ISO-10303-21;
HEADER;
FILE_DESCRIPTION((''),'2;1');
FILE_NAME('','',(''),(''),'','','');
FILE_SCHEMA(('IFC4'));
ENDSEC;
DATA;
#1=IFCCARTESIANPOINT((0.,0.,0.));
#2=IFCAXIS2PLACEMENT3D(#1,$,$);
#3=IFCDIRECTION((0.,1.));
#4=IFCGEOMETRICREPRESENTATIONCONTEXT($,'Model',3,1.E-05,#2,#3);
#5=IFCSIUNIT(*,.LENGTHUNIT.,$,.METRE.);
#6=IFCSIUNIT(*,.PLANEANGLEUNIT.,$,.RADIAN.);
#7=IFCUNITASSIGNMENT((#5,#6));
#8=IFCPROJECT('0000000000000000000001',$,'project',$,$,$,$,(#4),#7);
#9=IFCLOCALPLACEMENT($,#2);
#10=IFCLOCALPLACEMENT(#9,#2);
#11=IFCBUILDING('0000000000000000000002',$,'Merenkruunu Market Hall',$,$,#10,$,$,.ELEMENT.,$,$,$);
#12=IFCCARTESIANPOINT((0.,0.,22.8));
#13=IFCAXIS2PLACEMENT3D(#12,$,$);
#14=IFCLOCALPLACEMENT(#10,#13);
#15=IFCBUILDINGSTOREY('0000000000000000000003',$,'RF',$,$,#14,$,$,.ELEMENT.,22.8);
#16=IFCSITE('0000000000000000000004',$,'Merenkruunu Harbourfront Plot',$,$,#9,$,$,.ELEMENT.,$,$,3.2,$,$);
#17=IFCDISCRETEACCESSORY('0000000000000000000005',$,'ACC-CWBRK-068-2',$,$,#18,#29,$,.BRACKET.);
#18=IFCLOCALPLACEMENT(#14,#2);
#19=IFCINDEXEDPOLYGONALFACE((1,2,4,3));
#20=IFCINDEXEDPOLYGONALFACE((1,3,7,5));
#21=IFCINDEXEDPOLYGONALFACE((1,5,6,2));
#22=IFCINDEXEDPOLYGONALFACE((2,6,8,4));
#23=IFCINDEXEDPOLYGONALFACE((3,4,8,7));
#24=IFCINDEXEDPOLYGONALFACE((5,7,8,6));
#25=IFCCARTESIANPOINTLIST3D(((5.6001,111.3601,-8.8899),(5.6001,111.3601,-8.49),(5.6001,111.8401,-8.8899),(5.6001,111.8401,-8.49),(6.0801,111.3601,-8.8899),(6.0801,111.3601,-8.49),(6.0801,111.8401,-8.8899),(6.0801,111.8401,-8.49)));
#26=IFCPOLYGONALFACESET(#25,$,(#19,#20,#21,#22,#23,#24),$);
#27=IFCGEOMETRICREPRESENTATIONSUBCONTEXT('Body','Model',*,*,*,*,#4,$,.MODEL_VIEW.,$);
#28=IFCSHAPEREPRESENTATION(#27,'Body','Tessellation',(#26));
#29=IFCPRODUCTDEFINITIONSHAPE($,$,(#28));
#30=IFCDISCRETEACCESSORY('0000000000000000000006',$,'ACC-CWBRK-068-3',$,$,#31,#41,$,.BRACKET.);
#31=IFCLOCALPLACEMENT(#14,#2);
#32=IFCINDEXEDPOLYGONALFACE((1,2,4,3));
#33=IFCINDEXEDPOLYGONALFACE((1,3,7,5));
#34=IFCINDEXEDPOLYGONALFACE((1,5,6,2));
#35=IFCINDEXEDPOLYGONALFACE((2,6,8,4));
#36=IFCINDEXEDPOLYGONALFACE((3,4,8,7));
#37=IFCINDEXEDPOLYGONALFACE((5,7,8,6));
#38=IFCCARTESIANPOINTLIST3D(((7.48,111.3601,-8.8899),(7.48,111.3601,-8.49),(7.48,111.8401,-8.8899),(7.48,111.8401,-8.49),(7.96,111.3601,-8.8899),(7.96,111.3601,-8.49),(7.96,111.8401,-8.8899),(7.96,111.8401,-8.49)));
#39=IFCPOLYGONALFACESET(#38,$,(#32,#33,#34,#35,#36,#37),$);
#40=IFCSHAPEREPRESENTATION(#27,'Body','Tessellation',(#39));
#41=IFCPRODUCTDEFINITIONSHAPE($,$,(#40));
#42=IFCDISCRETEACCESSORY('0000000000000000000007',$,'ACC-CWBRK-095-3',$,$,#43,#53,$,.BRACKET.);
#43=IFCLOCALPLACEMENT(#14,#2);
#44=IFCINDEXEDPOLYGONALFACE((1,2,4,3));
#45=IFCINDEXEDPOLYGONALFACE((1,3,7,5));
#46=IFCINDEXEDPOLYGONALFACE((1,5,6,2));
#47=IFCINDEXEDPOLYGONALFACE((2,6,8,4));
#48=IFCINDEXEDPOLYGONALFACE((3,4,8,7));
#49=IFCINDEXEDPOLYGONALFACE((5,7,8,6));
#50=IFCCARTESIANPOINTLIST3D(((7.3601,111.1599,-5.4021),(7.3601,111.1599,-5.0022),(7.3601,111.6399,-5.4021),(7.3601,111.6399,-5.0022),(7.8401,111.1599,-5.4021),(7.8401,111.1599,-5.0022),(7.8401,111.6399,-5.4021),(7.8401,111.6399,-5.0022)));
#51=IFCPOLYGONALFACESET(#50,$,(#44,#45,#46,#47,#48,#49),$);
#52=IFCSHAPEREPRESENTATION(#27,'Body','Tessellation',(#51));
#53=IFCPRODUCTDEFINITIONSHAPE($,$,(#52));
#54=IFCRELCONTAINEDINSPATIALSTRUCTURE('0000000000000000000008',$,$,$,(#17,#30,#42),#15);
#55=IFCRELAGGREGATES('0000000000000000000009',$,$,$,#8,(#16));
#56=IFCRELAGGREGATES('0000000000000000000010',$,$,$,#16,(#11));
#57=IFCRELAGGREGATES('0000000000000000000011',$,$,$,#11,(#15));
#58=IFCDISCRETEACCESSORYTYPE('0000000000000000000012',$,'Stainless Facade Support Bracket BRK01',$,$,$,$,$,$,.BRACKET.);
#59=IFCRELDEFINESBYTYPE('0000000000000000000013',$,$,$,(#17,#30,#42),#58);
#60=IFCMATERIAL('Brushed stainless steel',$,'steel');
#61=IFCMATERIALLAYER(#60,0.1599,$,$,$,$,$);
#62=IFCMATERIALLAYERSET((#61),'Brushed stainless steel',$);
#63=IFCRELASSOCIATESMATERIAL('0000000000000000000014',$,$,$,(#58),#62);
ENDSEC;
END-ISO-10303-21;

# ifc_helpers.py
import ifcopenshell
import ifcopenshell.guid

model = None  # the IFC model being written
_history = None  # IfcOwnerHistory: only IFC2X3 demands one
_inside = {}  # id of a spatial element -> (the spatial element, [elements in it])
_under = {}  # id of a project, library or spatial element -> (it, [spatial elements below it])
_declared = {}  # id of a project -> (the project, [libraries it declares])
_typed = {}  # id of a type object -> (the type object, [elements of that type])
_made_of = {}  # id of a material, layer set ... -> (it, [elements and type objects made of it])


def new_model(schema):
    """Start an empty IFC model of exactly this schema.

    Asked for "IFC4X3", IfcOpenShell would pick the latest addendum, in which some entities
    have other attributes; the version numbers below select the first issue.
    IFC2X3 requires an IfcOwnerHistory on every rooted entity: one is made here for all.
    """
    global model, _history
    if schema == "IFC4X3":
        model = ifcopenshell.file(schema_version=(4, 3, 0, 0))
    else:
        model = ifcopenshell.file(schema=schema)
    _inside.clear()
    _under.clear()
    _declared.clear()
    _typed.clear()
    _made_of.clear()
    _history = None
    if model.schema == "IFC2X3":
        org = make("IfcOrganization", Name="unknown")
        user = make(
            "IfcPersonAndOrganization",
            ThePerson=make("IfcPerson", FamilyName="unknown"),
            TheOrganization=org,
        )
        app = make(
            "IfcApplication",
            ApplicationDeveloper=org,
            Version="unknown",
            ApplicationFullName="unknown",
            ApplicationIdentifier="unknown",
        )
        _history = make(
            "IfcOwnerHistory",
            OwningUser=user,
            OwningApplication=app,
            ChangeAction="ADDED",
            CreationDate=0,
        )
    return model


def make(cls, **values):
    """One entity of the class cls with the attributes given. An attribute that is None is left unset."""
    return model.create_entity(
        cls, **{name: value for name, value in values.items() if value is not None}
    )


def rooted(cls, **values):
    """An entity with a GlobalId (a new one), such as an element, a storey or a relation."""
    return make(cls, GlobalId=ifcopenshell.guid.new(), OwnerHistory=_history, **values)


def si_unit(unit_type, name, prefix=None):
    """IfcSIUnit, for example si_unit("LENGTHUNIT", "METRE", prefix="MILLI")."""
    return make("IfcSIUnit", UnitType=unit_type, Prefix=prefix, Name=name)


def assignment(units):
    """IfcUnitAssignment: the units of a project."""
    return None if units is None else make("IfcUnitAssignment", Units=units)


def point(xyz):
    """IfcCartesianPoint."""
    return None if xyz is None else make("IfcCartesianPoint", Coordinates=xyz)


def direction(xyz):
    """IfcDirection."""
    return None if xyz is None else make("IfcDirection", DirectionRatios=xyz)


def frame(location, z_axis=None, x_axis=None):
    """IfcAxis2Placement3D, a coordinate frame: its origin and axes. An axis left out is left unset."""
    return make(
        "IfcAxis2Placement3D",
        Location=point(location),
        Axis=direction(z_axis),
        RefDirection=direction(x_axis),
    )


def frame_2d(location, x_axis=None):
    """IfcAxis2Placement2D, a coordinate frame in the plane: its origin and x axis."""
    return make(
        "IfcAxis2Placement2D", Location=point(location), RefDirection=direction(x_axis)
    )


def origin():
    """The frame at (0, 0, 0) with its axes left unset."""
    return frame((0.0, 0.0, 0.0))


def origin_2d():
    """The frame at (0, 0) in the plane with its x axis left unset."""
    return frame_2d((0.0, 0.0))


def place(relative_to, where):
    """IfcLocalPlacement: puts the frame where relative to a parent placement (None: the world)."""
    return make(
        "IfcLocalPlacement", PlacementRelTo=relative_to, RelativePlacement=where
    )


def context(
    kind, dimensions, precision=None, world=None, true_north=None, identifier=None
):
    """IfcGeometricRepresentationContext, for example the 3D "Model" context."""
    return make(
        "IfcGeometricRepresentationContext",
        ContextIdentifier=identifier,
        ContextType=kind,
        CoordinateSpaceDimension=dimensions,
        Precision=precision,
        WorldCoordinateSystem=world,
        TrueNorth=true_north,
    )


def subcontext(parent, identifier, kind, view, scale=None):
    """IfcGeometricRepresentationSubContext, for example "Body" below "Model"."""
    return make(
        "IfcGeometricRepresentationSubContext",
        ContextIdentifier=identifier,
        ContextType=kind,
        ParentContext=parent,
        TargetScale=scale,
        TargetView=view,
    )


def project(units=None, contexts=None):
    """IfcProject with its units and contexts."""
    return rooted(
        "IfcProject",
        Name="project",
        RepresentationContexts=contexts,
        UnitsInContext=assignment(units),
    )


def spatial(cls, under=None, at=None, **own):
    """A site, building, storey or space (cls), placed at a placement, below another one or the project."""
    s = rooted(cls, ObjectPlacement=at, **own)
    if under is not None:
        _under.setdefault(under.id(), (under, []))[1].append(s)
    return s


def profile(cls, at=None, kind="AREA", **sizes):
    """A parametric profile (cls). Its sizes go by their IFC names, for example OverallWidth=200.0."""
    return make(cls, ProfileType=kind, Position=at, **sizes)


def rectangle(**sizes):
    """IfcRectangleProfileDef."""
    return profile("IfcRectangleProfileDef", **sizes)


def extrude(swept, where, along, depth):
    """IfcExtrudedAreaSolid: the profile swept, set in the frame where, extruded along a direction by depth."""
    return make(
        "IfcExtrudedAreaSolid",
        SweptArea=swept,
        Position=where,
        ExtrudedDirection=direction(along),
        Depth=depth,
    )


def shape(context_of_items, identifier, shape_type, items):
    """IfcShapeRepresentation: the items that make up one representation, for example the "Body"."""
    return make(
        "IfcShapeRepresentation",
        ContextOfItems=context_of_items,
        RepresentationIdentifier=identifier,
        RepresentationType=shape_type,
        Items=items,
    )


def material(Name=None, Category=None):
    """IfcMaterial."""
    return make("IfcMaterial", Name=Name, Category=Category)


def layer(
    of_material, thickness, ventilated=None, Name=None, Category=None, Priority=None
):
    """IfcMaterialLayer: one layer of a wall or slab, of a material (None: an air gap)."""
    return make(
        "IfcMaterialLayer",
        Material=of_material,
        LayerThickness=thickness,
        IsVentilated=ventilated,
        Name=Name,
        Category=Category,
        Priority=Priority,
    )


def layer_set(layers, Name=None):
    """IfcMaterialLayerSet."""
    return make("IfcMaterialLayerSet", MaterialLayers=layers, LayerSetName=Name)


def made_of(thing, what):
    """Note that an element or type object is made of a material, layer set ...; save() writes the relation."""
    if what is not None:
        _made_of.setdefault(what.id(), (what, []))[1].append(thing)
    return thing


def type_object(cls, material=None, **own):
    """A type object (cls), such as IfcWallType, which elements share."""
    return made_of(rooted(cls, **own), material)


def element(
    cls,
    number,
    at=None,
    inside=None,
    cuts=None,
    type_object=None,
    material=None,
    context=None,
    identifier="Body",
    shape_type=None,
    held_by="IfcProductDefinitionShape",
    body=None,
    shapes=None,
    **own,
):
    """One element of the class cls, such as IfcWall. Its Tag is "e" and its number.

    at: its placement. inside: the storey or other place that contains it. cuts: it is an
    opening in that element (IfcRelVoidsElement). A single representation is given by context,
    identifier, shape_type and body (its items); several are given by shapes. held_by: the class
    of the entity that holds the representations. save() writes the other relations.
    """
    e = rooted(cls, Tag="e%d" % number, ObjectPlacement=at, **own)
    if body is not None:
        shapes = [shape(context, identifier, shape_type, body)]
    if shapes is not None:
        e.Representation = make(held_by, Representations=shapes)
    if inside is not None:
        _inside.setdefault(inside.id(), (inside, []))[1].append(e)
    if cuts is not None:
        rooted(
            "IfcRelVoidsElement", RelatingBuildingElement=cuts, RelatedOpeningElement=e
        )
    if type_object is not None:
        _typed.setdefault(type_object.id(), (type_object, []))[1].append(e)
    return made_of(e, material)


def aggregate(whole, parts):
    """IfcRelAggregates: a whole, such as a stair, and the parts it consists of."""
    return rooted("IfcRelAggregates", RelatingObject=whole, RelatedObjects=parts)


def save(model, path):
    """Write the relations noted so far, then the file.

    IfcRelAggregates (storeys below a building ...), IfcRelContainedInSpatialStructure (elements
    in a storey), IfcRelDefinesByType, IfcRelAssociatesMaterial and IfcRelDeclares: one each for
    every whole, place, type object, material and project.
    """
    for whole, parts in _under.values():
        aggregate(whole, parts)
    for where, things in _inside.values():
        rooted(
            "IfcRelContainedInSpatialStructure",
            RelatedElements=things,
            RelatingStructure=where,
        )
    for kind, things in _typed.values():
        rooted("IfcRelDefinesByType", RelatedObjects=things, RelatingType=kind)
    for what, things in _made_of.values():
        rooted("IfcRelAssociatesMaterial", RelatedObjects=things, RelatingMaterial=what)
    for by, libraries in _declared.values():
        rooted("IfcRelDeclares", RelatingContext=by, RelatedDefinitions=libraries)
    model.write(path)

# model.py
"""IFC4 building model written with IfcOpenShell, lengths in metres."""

from ifc_helpers import new_model, si_unit, direction, frame, origin, origin_2d, place, context, subcontext, project, spatial, rectangle, extrude, material, layer, layer_set, type_object, element, save


model = new_model("IFC4")

# Units and contexts
model_context = context("Model", 3, precision=1e-05, world=origin(), true_north=direction((0.0, 1.0)))
body_context = subcontext(model_context, "Body", "Model", "MODEL_VIEW")
ifc_project = project(units=[si_unit("LENGTHUNIT", "METRE"), si_unit("PLANEANGLEUNIT", "RADIAN")], contexts=[model_context])

# Site, building, storey
site_placement = place(None, origin())
site = spatial("IfcSite", under=ifc_project, at=site_placement, Name="Merenkruunu Harbourfront Plot", CompositionType="ELEMENT", RefElevation=3.2)
building_placement = place(site_placement, origin())
building = spatial("IfcBuilding", under=site, at=building_placement, Name="Merenkruunu Market Hall", CompositionType="ELEMENT")
storey_placement = place(building_placement, frame((0.0, 0.0, 22.8)))
storey = spatial("IfcBuildingStorey", under=building, at=storey_placement, Name="RF", CompositionType="ELEMENT", Elevation=22.8)

# Discrete accessories
ifc_material_1 = material(Name="Brushed stainless steel", Category="steel")
ifc_layer_1 = layer(ifc_material_1, 0.1599)
ifc_layer_set_1 = layer_set([ifc_layer_1], Name="Brushed stainless steel")
discrete_accessory_type = type_object("IfcDiscreteAccessoryType", Name="Stainless Facade Support Bracket BRK01", PredefinedType="BRACKET", material=ifc_layer_set_1)
for number, where, z_axis, x_axis, name in (
    (1, (5.8401, 111.6001, -8.8899), (0.0, 0.0, 1.0), (1.0, 0.0, 0.0), "ACC-CWBRK-068-2"),
    (2, (7.72, 111.6001, -8.8899), (0.0, 0.0, 1.0), (1.0, 0.0, 0.0), "ACC-CWBRK-068-3"),
    (3, (7.6001, 111.3999, -5.4021), (0.0, 0.0, 1.0), (1.0, 0.0, 0.0), "ACC-CWBRK-095-3"),
):
    element("IfcDiscreteAccessory", number, at=place(storey_placement, frame(where, z_axis=z_axis, x_axis=x_axis)), inside=storey, type_object=discrete_accessory_type, Name=name, PredefinedType="BRACKET", context=body_context, shape_type="SweptSolid", body=[
        extrude(rectangle(XDim=0.48, YDim=0.48, at=origin_2d()), origin(), (0.0, 0.0, 1.0), 0.3999),
    ])

save(model, "model.ifc")
